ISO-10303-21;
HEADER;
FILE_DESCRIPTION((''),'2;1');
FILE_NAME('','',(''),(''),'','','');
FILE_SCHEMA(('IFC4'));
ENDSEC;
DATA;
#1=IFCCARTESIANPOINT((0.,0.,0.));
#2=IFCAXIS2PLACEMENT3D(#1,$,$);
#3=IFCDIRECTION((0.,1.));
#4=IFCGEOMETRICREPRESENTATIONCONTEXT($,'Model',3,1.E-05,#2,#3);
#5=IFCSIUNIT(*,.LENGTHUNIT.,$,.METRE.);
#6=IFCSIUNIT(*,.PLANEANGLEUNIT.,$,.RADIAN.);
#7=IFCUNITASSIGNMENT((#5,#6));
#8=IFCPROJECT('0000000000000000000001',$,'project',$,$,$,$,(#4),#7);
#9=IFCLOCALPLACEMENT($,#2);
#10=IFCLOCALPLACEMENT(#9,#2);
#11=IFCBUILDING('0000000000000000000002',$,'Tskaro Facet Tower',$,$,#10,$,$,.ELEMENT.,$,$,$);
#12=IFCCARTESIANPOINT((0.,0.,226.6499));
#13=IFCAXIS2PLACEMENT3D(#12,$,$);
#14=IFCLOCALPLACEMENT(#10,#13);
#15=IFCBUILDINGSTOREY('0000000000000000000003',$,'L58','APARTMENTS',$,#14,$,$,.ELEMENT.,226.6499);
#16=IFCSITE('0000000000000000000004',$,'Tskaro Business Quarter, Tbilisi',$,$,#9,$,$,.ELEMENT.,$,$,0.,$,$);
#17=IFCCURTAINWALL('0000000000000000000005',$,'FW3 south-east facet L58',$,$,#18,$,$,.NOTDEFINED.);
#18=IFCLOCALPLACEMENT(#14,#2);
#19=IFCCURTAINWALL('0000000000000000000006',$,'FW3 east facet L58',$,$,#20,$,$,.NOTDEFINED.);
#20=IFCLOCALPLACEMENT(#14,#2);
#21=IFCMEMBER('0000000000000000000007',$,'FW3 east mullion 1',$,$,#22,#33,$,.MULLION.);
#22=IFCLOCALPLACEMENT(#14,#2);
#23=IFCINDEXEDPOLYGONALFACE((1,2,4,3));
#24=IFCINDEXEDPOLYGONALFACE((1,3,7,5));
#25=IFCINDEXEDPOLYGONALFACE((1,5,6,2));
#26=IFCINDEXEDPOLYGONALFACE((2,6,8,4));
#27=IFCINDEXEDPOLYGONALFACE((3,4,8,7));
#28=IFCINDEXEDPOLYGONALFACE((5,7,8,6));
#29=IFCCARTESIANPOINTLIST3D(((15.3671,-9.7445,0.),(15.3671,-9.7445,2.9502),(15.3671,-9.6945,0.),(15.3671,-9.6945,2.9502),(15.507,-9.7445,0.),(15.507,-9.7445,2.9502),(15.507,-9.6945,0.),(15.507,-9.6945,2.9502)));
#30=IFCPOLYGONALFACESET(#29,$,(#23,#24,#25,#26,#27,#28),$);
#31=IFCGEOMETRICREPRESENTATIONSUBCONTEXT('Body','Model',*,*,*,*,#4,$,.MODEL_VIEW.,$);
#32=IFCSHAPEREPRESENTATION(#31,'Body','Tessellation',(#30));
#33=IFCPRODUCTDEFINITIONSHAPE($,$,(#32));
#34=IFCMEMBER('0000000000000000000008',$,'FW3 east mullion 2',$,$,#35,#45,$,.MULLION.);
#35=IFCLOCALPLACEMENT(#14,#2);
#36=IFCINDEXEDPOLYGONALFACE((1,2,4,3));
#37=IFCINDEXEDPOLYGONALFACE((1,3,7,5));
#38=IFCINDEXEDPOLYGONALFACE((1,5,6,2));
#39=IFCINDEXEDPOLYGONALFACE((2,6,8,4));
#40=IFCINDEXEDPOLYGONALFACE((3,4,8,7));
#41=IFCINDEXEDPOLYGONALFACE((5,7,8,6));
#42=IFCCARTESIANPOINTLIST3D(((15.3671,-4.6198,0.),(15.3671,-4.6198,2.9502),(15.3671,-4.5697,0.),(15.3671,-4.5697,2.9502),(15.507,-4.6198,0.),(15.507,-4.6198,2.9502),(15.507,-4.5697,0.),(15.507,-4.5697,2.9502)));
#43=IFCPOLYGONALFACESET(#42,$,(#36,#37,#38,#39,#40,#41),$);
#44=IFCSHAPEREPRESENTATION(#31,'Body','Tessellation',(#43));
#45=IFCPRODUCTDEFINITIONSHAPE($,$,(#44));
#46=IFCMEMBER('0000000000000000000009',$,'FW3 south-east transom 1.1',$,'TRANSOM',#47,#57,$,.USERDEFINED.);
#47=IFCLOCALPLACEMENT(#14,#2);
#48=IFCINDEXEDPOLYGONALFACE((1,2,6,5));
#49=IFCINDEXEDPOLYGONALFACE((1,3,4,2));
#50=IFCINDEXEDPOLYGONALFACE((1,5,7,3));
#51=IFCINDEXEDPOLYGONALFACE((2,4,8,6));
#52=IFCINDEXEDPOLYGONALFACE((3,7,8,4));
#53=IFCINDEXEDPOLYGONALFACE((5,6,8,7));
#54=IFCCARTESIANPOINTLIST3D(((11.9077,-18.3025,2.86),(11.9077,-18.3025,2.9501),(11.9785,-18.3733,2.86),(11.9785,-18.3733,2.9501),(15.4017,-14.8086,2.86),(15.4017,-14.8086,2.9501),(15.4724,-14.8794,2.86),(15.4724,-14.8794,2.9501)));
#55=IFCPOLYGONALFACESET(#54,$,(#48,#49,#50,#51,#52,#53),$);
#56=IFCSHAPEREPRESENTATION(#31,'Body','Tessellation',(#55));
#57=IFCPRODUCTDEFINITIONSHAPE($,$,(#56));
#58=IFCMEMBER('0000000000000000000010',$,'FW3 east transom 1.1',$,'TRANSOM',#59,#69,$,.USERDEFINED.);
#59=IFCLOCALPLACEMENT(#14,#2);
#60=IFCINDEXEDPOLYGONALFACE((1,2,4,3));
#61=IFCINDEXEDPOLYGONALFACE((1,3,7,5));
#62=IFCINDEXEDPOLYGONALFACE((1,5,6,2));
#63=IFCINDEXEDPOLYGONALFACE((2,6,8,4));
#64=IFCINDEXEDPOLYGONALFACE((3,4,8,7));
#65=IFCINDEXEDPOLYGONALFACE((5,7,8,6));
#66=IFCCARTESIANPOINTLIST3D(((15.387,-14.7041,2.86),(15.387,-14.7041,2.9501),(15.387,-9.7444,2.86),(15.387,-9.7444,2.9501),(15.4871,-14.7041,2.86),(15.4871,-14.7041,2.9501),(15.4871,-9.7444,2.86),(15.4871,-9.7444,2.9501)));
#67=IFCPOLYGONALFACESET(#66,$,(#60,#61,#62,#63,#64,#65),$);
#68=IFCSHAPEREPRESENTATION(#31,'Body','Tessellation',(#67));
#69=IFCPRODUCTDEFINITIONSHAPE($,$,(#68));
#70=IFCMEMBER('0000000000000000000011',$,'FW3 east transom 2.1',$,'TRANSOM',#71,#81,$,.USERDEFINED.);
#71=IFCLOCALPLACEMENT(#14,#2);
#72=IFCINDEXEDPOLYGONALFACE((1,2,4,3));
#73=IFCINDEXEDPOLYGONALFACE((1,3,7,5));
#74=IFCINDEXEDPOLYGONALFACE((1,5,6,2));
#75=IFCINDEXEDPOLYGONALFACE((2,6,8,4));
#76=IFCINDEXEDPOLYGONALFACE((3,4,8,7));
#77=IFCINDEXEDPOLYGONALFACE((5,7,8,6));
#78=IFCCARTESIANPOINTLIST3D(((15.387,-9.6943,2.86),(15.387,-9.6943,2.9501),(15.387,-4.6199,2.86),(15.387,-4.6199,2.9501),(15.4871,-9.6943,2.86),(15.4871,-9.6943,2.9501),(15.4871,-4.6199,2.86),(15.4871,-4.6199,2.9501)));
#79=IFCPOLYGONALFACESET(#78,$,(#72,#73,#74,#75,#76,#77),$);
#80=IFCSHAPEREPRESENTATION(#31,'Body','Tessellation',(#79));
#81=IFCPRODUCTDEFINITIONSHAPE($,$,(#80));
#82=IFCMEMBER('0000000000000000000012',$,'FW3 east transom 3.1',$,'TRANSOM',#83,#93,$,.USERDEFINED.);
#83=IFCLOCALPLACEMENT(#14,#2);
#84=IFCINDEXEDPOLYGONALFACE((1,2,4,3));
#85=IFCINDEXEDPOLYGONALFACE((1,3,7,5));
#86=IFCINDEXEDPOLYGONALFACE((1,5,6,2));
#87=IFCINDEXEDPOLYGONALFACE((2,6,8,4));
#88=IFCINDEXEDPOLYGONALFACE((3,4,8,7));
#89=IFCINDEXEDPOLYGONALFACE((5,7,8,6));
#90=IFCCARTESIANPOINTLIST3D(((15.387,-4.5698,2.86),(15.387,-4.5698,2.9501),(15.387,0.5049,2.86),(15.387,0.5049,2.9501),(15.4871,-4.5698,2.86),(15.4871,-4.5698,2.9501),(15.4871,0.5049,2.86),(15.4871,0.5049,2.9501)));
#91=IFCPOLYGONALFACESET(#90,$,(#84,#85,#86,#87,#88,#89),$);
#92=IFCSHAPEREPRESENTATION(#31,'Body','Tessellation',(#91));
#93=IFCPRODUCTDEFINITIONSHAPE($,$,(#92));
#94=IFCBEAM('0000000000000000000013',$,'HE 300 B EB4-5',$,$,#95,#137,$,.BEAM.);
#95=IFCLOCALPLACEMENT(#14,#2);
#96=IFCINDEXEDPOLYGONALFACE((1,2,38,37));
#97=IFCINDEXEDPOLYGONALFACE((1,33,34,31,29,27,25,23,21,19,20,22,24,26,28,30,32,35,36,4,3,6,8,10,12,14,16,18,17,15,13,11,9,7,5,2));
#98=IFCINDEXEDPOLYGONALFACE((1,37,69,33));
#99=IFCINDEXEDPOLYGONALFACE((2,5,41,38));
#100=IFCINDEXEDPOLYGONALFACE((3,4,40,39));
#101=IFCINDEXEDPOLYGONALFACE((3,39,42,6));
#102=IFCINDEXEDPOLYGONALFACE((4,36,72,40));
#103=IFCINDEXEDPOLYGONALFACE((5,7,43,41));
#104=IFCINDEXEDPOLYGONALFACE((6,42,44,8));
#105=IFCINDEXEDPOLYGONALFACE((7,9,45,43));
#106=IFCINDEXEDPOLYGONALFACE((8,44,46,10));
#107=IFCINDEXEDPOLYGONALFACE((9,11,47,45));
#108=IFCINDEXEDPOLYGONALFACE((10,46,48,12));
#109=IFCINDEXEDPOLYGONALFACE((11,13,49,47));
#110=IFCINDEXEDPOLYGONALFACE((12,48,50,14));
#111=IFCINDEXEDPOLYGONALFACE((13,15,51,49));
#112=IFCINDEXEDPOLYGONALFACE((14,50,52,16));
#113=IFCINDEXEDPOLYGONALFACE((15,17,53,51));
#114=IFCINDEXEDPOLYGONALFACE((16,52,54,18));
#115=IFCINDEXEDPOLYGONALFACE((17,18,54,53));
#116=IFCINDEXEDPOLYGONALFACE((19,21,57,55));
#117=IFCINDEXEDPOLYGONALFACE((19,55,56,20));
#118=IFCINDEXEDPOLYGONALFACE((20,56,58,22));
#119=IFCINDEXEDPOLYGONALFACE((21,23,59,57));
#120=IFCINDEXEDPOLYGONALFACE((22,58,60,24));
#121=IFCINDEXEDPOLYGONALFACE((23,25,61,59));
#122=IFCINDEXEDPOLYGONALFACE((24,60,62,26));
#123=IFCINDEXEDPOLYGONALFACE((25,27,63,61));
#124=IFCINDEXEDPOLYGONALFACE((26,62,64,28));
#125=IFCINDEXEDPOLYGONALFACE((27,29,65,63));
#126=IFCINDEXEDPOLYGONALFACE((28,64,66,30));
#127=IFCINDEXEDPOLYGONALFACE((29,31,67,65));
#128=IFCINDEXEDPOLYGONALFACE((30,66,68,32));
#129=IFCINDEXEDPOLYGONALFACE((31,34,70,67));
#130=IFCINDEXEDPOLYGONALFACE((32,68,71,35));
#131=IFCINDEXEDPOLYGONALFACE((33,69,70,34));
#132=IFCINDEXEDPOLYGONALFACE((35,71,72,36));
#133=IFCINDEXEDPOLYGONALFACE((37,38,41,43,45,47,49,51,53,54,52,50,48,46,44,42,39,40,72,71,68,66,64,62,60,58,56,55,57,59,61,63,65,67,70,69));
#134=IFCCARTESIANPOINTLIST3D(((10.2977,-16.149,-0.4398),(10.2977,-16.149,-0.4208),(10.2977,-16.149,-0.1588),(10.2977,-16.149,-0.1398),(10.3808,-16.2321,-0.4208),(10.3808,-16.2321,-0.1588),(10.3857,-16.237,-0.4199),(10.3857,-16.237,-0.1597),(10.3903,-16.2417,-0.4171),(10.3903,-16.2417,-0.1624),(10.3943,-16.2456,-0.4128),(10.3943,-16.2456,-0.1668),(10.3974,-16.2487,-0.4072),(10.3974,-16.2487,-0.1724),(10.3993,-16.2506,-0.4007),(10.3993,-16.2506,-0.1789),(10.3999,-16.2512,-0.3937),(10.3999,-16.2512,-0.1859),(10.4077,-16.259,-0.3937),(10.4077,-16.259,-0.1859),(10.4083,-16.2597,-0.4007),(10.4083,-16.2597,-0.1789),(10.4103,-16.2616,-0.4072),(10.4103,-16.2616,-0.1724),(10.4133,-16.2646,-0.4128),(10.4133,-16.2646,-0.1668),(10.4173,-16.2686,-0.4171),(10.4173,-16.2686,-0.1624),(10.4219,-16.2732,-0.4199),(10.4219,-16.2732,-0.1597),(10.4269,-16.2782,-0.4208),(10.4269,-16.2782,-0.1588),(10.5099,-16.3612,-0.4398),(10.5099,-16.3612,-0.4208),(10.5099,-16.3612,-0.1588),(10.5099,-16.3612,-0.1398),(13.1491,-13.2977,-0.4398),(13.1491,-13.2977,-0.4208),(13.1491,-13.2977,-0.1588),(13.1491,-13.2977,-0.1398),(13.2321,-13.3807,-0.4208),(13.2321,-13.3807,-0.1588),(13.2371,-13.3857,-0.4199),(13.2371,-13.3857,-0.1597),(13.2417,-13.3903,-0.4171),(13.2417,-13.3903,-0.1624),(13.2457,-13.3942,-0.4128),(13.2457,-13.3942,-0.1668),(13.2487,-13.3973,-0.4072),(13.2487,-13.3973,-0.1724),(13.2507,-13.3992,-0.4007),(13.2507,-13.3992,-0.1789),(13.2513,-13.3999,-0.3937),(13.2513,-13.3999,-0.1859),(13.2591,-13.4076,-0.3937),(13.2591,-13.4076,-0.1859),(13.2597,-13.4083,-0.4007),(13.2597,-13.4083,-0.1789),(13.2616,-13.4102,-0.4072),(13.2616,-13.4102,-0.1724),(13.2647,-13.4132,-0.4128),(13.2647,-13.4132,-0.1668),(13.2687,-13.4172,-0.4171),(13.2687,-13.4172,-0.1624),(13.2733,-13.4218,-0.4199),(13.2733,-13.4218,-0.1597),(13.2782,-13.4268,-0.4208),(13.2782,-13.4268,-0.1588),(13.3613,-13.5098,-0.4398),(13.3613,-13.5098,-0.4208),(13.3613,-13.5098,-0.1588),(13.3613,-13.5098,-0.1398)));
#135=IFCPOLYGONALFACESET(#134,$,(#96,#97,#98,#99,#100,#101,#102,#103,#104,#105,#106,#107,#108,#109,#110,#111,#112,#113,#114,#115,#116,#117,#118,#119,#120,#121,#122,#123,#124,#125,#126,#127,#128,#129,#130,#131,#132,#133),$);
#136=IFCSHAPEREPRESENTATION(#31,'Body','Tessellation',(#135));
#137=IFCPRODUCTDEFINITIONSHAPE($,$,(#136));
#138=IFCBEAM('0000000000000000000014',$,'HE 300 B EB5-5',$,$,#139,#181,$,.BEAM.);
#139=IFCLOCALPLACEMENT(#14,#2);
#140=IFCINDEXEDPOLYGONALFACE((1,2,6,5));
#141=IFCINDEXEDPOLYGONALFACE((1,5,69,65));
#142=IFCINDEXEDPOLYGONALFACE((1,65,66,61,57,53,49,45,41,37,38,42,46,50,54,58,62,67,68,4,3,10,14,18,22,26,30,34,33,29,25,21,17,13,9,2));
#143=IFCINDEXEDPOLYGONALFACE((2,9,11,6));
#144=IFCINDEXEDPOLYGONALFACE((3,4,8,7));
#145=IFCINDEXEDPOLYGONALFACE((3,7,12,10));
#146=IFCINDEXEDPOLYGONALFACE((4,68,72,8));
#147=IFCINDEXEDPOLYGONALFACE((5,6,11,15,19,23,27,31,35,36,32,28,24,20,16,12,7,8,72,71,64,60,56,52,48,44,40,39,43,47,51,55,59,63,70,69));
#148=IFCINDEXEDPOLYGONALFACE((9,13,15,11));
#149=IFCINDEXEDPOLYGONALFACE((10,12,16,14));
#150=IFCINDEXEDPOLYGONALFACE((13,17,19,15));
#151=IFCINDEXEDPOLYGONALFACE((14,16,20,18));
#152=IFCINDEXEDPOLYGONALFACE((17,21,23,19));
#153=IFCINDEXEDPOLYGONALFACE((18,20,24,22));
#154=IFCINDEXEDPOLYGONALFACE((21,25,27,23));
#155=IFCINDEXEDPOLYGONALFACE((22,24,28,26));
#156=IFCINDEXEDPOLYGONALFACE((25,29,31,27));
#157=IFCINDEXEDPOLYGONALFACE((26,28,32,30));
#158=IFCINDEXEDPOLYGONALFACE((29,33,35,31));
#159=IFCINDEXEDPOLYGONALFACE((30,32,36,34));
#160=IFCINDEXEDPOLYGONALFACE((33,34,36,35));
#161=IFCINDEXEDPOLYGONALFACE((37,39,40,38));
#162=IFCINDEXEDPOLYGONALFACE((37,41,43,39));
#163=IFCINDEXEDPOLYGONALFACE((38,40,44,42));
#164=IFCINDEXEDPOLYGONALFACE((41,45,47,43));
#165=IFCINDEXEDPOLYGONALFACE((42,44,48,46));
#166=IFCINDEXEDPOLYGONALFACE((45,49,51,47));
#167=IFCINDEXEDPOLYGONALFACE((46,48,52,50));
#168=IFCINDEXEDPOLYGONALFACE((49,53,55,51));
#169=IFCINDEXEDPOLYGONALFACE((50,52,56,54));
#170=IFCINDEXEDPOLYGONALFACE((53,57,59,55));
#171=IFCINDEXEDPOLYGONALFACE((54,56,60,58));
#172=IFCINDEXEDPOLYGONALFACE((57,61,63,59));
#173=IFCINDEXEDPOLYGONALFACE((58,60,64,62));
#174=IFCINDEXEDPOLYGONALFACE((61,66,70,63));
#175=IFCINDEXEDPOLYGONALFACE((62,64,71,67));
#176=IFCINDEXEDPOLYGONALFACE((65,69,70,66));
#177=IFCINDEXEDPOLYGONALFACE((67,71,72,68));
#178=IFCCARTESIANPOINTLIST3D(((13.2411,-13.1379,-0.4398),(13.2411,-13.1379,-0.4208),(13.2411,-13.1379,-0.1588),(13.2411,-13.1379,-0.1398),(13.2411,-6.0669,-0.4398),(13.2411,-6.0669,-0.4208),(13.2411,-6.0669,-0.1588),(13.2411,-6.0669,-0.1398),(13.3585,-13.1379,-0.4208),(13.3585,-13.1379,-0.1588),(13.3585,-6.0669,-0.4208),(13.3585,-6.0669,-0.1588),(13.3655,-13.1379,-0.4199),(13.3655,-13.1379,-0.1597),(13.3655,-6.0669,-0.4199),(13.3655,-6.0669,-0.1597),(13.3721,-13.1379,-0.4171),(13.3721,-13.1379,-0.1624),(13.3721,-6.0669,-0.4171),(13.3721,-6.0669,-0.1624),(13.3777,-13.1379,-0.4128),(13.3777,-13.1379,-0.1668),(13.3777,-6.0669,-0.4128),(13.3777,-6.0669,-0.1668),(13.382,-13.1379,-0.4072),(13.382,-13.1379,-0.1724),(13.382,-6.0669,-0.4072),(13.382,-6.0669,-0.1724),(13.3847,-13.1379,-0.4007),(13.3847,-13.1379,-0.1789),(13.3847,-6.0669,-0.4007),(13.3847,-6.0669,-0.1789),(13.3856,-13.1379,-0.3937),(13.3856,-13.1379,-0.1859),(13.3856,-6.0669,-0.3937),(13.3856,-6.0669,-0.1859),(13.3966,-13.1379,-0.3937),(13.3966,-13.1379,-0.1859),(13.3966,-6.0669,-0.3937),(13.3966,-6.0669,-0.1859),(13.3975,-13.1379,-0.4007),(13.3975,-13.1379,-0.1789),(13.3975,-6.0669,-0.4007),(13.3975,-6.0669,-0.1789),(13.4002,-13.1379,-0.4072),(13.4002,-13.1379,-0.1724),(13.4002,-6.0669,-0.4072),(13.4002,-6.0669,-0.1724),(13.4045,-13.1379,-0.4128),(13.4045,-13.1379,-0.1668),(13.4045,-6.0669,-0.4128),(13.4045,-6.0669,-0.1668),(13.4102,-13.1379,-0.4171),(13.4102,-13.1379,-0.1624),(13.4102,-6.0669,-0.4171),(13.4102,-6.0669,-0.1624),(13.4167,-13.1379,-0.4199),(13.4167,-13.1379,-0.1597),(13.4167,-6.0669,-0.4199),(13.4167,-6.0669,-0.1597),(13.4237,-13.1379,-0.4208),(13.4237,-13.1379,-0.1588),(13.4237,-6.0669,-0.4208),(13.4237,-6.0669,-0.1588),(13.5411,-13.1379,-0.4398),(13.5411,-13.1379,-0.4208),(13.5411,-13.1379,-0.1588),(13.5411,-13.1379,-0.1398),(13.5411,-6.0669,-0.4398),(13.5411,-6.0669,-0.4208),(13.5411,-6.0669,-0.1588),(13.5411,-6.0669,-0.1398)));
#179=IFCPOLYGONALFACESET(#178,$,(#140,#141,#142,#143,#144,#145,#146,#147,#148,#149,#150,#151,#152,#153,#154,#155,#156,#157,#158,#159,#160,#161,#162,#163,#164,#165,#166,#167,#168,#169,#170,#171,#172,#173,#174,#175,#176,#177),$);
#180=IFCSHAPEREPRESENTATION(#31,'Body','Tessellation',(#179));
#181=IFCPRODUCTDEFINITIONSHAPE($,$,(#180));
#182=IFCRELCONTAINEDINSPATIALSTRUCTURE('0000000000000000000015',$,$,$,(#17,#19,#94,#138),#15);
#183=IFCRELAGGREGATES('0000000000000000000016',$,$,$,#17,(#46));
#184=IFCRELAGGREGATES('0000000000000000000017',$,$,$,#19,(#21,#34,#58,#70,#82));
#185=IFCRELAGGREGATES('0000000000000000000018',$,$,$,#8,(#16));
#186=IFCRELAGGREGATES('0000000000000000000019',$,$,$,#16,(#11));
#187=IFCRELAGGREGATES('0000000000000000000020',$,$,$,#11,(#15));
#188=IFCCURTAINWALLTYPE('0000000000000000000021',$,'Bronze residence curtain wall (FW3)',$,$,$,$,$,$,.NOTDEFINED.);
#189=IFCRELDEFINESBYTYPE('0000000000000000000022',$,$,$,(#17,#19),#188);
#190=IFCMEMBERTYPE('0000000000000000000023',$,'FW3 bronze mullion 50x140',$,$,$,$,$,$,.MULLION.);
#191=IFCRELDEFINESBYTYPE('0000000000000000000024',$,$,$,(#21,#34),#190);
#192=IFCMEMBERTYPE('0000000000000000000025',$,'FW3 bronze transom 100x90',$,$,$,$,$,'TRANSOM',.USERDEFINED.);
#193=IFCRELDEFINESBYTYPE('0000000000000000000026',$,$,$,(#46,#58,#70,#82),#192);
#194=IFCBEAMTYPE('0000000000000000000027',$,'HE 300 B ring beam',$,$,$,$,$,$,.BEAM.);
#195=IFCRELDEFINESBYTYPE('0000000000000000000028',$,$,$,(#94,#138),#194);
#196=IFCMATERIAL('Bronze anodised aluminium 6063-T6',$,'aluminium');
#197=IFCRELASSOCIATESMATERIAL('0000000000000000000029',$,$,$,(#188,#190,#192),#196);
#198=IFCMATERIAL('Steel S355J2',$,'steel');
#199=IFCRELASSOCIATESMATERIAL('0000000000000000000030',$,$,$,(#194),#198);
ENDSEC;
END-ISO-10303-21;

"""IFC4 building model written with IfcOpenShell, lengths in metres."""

from ifc_helpers import new_model, si_unit, direction, frame, origin, origin_2d, place, context, subcontext, project, spatial, rectangle, i_section, extrude, material, material_profile, profile_set, type_object, element, aggregate, save


model = new_model("IFC4")

# Units and contexts
model_context = context("Model", 3, precision=1e-05, world=origin(), true_north=direction((0.0, 1.0)))
body_context = subcontext(model_context, "Body", "Model", "MODEL_VIEW")
ifc_project = project(units=[si_unit("LENGTHUNIT", "METRE"), si_unit("PLANEANGLEUNIT", "RADIAN")], contexts=[model_context])

# Site, building, storey
site_placement = place(None, origin())
site = spatial("IfcSite", under=ifc_project, at=site_placement, Name="Tskaro Business Quarter, Tbilisi", CompositionType="ELEMENT", RefElevation=0.0)
building_placement = place(site_placement, origin())
building = spatial("IfcBuilding", under=site, at=building_placement, Name="Tskaro Facet Tower", CompositionType="ELEMENT")
storey_placement = place(building_placement, frame((0.0, 0.0, 226.6499)))
storey = spatial("IfcBuildingStorey", under=building, at=storey_placement, Name="L58", Description="APARTMENTS", CompositionType="ELEMENT", Elevation=226.6499)

# Shared definitions
ifc_material_1 = material(Name="Steel S355J2", Category="steel")

# Curtain wall
ifc_material_2 = material(Name="Bronze anodised aluminium 6063-T6", Category="aluminium")
curtain_wall_type = type_object("IfcCurtainWallType", Name="Bronze residence curtain wall (FW3)", PredefinedType="NOTDEFINED", material=ifc_material_2)
curtain_wall_1_placement = place(storey_placement, origin())
curtain_wall_1 = element("IfcCurtainWall", 1, at=curtain_wall_1_placement, inside=storey, type_object=curtain_wall_type, Name="FW3 south-east facet L58", PredefinedType="NOTDEFINED")

# Curtain wall, members
curtain_wall_2_placement = place(storey_placement, origin())
curtain_wall_2 = element("IfcCurtainWall", 2, at=curtain_wall_2_placement, inside=storey, type_object=curtain_wall_type, Name="FW3 east facet L58", PredefinedType="NOTDEFINED")
ifc_material_profile_1 = material_profile(ifc_material_2, rectangle(XDim=0.05, YDim=0.1399, at=origin_2d()), Name="Mullion 50x140")
ifc_profile_set_1 = profile_set([ifc_material_profile_1], Name="Bronze anodised aluminium 6063-T6")
member_type_1 = type_object("IfcMemberType", Name="FW3 bronze mullion 50x140", PredefinedType="MULLION", material=ifc_profile_set_1)
member_1_placement = place(storey_placement, frame((15.437, -9.7195, 0.0), z_axis=(0.0, 0.0, 1.0), x_axis=(0.0, 1.0, 0.0)))
member_1 = element("IfcMember", 3, at=member_1_placement, type_object=member_type_1, Name="FW3 east mullion 1", PredefinedType="MULLION", context=body_context, shape_type="SweptSolid", body=[
    extrude(rectangle(XDim=0.05, YDim=0.1399, at=origin_2d()), origin(), (0.0, 0.0, 1.0), 2.9502),
])
member_2_placement = place(storey_placement, frame((15.437, -4.5947, 0.0), z_axis=(0.0, 0.0, 1.0), x_axis=(0.0, 1.0, 0.0)))
member_2 = element("IfcMember", 4, at=member_2_placement, type_object=member_type_1, Name="FW3 east mullion 2", PredefinedType="MULLION", context=body_context, shape_type="SweptSolid", body=[
    extrude(rectangle(XDim=0.05, YDim=0.1399, at=origin_2d()), origin(), (0.0, 0.0, 1.0), 2.9502),
])

# Members
ifc_material_profile_2 = material_profile(ifc_material_2, rectangle(XDim=0.1001, YDim=0.0901, at=origin_2d()), Name="Transom 100x90")
ifc_profile_set_2 = profile_set([ifc_material_profile_2], Name="Bronze anodised aluminium 6063-T6")
member_type_2 = type_object("IfcMemberType", Name="FW3 bronze transom 100x90", ElementType="TRANSOM", PredefinedType="USERDEFINED", material=ifc_profile_set_2)
member_3_placement = place(storey_placement, frame((11.9431, -18.3379, 2.905), z_axis=(0.707107, 0.707107, 0.0), x_axis=(-0.707107, 0.707107, 0.0)))
member_3 = element("IfcMember", 5, at=member_3_placement, type_object=member_type_2, Name="FW3 south-east transom 1.1", ObjectType="TRANSOM", PredefinedType="USERDEFINED", context=body_context, shape_type="SweptSolid", body=[
    extrude(rectangle(XDim=0.1001, YDim=0.0901, at=origin_2d()), origin(), (0.0, 0.0, 1.0), 4.9412),
])
member_4_placement = place(storey_placement, frame((15.437, -14.7041, 2.905), z_axis=(0.0, 1.0, 0.0), x_axis=(-1.0, 0.0, 0.0)))
member_4 = element("IfcMember", 6, at=member_4_placement, type_object=member_type_2, Name="FW3 east transom 1.1", ObjectType="TRANSOM", PredefinedType="USERDEFINED", context=body_context, shape_type="SweptSolid", body=[
    extrude(rectangle(XDim=0.1001, YDim=0.0901, at=origin_2d()), origin(), (0.0, 0.0, 1.0), 4.9597),
])
member_5_placement = place(storey_placement, frame((15.437, -9.6943, 2.905), z_axis=(0.0, 1.0, 0.0), x_axis=(-1.0, 0.0, 0.0)))
member_5 = element("IfcMember", 7, at=member_5_placement, type_object=member_type_2, Name="FW3 east transom 2.1", ObjectType="TRANSOM", PredefinedType="USERDEFINED", context=body_context, shape_type="SweptSolid", body=[
    extrude(rectangle(XDim=0.1001, YDim=0.0901, at=origin_2d()), origin(), (0.0, 0.0, 1.0), 5.0745),
])
member_6_placement = place(storey_placement, frame((15.437, -4.5698, 2.905), z_axis=(0.0, 1.0, 0.0), x_axis=(-1.0, 0.0, 0.0)))
member_6 = element("IfcMember", 8, at=member_6_placement, type_object=member_type_2, Name="FW3 east transom 3.1", ObjectType="TRANSOM", PredefinedType="USERDEFINED", context=body_context, shape_type="SweptSolid", body=[
    extrude(rectangle(XDim=0.1001, YDim=0.0901, at=origin_2d()), origin(), (0.0, 0.0, 1.0), 5.0747),
])

# Beams
ifc_material_profile_3 = material_profile(ifc_material_1, i_section(OverallWidth=0.3, OverallDepth=0.3, WebThickness=0.011, FlangeThickness=0.019, FilletRadius=0.0271, at=origin_2d()), Name="HE 300 B")
ifc_profile_set_3 = profile_set([ifc_material_profile_3], Name="Steel S355J2")
beam_type_1 = type_object("IfcBeamType", Name="HE 300 B ring beam", PredefinedType="BEAM", material=ifc_profile_set_3)
beam_1_placement = place(storey_placement, frame((10.4038, -16.2551, -0.2898), z_axis=(0.707107, 0.707107, 0.0), x_axis=(-0.707107, 0.707107, 0.0)))
element("IfcBeam", 9, at=beam_1_placement, inside=storey, type_object=beam_type_1, Name="HE 300 B EB4-5", PredefinedType="BEAM", context=body_context, shape_type="SweptSolid", body=[
    extrude(i_section(OverallWidth=0.3, OverallDepth=0.3, WebThickness=0.011, FlangeThickness=0.019, FilletRadius=0.0271, at=origin_2d()), origin(), (0.0, 0.0, 1.0), 4.0325),
])
beam_2_placement = place(storey_placement, frame((13.3911, -13.1379, -0.2898), z_axis=(0.0, 1.0, 0.0), x_axis=(-1.0, 0.0, 0.0)))
element("IfcBeam", 10, at=beam_2_placement, inside=storey, type_object=beam_type_1, Name="HE 300 B EB5-5", PredefinedType="BEAM", context=body_context, shape_type="SweptSolid", body=[
    extrude(i_section(OverallWidth=0.3, OverallDepth=0.3, WebThickness=0.011, FlangeThickness=0.019, FilletRadius=0.0271, at=origin_2d()), origin(), (0.0, 0.0, 1.0), 7.071),
])

aggregate(curtain_wall_1, [member_3])
aggregate(curtain_wall_2, [member_1, member_2, member_4, member_5, member_6])

save(model, "model.ifc")
